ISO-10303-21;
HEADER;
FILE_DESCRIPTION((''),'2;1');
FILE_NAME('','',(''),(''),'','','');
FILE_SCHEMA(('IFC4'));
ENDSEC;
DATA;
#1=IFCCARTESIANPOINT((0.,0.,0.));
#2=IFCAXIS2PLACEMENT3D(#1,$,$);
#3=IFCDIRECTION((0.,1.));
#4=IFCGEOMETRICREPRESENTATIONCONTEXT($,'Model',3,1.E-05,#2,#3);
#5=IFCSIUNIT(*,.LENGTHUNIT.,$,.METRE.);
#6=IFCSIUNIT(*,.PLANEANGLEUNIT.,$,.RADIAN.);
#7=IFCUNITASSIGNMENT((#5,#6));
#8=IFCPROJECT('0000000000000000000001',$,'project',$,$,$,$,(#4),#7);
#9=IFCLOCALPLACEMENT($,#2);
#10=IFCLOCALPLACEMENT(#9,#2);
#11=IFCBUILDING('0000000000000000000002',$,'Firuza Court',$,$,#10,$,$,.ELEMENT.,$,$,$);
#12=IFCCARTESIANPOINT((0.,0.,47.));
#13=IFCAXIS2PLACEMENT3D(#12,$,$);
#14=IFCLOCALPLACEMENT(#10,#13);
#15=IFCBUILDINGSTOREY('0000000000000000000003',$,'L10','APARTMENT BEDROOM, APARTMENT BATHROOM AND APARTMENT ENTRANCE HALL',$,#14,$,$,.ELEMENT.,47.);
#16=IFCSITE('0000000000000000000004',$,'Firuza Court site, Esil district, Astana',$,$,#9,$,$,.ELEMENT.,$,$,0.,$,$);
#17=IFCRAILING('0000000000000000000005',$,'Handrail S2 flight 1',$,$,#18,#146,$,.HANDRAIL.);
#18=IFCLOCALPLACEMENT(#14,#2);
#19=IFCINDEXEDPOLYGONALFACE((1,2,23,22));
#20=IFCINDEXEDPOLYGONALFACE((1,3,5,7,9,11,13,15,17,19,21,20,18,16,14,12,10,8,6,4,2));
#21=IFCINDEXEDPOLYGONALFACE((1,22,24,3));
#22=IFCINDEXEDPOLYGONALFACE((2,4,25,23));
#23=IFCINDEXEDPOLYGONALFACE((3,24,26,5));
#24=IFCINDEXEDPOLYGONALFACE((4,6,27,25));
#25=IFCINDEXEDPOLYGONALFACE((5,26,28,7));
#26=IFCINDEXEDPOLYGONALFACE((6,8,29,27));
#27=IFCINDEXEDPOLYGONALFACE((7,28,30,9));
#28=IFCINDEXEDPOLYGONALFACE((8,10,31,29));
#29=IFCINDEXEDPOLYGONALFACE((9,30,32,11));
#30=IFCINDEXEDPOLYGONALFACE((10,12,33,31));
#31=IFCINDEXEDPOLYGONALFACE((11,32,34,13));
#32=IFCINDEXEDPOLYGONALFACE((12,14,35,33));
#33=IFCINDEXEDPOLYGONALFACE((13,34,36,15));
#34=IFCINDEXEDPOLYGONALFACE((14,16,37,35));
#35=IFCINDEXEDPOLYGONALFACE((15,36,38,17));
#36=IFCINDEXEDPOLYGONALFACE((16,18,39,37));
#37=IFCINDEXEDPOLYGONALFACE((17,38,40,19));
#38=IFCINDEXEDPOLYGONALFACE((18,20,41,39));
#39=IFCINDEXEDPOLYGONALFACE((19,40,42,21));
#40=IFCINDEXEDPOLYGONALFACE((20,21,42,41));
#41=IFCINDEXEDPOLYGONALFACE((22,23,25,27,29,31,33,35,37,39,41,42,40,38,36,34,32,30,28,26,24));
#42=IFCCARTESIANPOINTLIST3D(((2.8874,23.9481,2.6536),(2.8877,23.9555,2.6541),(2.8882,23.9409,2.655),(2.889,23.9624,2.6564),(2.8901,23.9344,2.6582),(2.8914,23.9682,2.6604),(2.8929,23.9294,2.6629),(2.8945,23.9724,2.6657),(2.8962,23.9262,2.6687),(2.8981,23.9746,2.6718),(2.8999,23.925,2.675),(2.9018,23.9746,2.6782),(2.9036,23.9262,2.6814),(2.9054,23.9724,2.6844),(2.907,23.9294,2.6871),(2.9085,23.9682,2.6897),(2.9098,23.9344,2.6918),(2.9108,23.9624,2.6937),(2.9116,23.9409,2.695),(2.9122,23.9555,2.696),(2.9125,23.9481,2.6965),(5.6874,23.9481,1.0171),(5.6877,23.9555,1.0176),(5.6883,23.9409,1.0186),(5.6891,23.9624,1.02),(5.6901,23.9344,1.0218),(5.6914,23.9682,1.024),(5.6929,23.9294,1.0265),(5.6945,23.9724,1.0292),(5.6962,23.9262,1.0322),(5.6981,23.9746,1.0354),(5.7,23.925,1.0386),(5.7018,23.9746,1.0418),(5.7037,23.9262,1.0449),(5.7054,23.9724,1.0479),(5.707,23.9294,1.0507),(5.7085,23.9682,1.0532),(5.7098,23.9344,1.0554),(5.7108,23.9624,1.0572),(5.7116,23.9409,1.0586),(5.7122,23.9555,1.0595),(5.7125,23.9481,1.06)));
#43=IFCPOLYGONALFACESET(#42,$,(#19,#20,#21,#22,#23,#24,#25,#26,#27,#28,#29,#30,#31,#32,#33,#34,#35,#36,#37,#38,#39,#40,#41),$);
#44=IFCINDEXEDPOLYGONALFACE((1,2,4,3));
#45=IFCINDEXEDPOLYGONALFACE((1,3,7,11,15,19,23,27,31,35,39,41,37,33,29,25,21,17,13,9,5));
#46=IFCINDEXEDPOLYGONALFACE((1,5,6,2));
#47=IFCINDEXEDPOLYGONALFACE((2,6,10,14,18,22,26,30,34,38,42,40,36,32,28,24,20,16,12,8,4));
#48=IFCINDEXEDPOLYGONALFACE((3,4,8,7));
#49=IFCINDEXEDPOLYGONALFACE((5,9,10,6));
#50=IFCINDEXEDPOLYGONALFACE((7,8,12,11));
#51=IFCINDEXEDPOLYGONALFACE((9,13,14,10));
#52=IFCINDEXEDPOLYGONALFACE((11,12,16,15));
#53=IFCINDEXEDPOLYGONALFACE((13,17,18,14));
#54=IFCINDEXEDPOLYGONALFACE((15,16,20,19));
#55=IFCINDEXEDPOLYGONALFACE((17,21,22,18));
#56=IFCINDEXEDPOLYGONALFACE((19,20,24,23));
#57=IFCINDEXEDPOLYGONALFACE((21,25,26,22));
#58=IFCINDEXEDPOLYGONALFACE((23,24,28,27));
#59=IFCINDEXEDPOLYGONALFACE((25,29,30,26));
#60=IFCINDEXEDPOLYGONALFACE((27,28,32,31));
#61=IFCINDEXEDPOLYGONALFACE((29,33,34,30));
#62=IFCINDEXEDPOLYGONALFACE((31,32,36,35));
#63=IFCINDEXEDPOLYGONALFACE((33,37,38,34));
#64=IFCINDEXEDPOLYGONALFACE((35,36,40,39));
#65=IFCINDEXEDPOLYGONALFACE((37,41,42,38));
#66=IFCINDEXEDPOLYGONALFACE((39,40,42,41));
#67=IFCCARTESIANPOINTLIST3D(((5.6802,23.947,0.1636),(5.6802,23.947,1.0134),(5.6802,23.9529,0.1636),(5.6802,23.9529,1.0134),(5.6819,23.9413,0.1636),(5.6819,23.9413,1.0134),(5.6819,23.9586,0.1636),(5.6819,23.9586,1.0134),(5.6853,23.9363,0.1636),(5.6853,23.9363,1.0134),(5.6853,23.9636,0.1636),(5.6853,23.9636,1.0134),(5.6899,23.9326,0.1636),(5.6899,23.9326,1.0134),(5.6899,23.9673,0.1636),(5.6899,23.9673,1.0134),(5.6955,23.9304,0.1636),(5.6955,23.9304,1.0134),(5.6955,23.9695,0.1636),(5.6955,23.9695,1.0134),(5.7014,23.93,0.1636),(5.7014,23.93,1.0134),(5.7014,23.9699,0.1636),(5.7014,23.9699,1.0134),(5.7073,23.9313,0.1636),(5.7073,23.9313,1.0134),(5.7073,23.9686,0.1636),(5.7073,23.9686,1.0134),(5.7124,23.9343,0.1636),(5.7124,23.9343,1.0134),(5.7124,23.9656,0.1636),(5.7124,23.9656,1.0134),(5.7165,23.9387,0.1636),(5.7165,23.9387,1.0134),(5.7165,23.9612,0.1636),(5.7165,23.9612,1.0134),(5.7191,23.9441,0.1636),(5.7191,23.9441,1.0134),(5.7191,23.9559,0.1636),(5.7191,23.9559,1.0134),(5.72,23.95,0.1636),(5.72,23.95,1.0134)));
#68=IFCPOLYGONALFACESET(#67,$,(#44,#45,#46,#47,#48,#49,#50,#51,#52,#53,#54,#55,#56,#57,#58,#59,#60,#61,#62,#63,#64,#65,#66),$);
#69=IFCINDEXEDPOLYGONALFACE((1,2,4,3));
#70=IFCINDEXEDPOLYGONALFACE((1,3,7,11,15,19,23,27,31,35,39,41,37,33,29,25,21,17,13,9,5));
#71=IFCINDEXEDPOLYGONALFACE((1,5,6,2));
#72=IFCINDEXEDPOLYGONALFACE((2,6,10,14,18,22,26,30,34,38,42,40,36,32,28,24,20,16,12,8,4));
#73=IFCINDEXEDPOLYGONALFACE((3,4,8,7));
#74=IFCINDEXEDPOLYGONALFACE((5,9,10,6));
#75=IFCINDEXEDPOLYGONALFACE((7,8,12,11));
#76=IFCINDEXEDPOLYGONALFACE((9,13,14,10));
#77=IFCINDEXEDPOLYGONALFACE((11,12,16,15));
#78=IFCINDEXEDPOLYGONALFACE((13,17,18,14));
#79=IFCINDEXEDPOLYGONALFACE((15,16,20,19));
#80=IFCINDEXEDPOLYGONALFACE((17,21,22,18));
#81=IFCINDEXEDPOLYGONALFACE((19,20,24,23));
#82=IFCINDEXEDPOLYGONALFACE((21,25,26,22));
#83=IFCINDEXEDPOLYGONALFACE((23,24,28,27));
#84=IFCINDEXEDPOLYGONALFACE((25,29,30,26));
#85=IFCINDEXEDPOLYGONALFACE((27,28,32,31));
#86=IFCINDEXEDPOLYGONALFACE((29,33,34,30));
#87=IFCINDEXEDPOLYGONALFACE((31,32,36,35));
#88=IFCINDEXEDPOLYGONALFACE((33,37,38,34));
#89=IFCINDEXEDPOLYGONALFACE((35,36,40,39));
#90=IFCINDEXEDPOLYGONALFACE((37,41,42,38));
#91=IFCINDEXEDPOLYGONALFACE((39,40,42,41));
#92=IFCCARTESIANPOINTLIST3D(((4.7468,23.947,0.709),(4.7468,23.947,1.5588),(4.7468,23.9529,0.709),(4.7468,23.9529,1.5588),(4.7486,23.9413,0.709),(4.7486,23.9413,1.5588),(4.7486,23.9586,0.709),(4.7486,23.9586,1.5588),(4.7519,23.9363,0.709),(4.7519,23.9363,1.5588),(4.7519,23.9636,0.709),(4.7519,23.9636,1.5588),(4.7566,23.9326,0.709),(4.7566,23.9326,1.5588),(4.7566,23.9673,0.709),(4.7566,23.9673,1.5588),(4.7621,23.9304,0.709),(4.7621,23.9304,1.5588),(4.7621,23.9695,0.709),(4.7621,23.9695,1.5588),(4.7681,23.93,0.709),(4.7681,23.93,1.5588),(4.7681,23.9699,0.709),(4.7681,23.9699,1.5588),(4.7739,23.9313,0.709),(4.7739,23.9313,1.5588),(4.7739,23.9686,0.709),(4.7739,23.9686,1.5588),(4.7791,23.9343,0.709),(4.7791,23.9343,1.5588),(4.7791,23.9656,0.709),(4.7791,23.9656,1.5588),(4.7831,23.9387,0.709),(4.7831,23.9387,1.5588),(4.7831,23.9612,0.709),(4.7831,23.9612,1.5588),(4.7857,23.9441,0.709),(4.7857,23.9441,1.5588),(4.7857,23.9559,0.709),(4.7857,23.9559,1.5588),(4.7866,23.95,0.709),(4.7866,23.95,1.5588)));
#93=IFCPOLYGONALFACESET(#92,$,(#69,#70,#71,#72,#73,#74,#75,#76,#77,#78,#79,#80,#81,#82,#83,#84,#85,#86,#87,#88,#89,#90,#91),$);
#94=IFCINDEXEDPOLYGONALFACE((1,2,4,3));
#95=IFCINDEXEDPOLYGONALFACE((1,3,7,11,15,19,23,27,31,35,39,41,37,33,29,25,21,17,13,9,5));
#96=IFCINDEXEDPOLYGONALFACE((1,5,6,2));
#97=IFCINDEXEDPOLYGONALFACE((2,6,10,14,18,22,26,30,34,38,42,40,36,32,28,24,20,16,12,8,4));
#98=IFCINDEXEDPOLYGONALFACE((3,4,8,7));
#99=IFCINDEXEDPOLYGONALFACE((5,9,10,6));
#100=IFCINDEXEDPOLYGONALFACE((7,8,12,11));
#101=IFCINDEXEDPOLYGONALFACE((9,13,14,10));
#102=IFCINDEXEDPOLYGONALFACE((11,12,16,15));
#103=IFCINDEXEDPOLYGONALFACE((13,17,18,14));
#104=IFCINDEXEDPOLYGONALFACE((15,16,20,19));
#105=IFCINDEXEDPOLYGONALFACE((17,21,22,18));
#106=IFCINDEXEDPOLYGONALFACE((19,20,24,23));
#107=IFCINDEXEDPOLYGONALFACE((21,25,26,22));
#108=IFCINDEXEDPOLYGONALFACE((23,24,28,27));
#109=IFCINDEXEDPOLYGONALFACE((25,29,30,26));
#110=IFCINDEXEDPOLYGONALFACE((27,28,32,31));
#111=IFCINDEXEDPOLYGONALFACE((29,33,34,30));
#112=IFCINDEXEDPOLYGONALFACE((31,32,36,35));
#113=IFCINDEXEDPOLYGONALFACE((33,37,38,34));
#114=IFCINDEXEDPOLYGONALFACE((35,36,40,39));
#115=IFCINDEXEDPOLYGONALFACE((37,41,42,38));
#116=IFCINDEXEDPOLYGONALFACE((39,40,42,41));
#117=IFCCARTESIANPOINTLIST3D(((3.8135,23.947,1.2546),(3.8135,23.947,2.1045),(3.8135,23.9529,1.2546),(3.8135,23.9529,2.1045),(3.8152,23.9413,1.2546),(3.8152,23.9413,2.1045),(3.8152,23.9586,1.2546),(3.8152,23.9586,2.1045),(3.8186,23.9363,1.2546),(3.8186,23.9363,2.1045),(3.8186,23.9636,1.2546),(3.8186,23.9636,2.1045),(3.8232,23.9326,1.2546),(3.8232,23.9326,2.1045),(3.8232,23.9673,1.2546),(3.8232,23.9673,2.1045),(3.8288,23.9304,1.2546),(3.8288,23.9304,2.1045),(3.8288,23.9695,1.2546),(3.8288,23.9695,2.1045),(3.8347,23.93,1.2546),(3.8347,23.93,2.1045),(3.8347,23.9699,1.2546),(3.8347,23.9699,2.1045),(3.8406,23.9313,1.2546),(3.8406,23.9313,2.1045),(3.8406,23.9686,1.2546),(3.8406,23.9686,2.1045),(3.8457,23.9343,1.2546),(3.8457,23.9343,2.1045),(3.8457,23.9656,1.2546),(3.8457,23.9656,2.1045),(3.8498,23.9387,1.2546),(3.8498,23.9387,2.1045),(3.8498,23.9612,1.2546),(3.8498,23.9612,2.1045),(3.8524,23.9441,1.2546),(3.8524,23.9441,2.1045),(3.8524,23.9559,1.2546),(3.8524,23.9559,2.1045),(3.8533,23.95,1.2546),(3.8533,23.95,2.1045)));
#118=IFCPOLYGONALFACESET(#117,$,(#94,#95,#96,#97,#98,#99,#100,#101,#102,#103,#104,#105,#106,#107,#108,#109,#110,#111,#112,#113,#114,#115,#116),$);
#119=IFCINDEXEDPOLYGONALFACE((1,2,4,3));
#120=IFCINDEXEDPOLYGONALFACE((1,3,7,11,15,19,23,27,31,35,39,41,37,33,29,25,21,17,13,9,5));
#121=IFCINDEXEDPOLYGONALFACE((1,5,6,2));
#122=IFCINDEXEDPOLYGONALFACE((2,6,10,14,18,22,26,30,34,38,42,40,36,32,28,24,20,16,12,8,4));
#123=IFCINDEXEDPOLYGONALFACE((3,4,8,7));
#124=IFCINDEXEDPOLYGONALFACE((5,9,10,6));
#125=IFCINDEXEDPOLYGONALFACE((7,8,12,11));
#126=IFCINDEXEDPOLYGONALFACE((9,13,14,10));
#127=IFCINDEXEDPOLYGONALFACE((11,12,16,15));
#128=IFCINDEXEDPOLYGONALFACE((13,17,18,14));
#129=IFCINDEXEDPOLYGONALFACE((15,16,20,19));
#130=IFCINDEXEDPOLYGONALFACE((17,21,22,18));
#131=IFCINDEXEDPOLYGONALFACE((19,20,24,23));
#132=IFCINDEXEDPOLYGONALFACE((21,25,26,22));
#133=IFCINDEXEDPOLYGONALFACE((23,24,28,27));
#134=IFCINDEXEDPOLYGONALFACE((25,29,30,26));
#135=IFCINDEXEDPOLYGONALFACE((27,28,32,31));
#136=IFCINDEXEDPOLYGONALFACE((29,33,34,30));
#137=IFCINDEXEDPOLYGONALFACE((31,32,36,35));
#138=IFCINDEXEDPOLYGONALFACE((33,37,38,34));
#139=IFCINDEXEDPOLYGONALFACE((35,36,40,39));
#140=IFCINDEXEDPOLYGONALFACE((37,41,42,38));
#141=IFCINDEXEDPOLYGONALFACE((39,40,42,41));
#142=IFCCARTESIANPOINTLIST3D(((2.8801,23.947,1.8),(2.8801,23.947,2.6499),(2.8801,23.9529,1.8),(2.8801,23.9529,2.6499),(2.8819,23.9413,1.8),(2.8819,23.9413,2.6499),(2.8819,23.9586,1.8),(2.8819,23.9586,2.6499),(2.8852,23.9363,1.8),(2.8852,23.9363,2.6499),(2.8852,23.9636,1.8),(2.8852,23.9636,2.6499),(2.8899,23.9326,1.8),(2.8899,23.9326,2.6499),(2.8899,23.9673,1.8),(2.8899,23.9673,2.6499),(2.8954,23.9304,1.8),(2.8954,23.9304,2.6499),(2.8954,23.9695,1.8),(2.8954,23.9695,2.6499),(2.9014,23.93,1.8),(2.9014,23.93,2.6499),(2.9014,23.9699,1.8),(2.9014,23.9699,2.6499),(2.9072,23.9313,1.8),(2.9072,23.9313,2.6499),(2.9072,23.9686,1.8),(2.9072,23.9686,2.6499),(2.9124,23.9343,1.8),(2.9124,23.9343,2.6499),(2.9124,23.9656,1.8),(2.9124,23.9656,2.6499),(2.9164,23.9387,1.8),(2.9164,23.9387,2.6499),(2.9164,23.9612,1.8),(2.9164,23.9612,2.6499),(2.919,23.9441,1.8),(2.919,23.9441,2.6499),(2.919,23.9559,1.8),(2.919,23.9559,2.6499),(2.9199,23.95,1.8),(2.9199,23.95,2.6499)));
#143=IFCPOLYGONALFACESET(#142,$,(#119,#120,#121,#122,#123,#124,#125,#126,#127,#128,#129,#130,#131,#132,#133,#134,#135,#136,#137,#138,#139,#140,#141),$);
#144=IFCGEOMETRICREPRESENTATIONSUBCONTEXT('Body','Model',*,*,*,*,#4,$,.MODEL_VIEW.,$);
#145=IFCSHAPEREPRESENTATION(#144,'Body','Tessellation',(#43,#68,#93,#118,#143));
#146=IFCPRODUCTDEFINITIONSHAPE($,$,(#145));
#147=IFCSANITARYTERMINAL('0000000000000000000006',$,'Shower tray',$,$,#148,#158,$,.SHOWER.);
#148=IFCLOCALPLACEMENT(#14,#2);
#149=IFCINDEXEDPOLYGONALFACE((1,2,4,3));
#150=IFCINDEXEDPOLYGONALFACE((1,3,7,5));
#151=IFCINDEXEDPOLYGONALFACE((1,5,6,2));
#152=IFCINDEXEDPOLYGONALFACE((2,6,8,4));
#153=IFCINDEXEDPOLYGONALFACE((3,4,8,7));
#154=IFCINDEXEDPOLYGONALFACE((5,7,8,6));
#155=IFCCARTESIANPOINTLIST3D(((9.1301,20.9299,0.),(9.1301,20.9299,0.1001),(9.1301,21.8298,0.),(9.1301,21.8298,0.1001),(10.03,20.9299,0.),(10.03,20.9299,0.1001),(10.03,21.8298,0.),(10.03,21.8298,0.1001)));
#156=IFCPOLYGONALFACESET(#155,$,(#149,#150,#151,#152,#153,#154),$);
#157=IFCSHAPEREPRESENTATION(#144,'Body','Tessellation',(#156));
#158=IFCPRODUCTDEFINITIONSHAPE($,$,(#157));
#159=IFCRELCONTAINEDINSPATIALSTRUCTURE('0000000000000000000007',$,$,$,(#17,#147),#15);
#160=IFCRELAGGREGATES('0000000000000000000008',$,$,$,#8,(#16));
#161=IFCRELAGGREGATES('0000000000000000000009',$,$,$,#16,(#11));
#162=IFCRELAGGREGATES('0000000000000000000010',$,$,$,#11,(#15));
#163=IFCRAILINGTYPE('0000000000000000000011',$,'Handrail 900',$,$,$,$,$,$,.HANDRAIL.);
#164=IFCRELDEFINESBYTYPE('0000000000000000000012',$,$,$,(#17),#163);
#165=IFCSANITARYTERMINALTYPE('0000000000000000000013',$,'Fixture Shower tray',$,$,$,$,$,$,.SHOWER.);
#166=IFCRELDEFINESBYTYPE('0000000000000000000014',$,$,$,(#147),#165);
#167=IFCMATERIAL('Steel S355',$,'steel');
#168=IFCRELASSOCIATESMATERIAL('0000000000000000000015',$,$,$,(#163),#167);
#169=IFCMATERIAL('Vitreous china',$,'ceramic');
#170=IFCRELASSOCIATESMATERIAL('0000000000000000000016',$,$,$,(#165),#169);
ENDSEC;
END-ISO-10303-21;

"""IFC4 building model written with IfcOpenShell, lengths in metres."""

from ifc_helpers import new_model, si_unit, direction, frame, origin, origin_2d, place, context, subcontext, project, spatial, rectangle, circle, extrude, material, type_object, element, save


model = new_model("IFC4")

# Units and contexts
model_context = context("Model", 3, precision=1e-05, world=origin(), true_north=direction((0.0, 1.0)))
body_context = subcontext(model_context, "Body", "Model", "MODEL_VIEW")
ifc_project = project(units=[si_unit("LENGTHUNIT", "METRE"), si_unit("PLANEANGLEUNIT", "RADIAN")], contexts=[model_context])

# Site, building, storey
site_placement = place(None, origin())
site = spatial("IfcSite", under=ifc_project, at=site_placement, Name="Firuza Court site, Esil district, Astana", CompositionType="ELEMENT", RefElevation=0.0)
building_placement = place(site_placement, origin())
building = spatial("IfcBuilding", under=site, at=building_placement, Name="Firuza Court", CompositionType="ELEMENT")
storey_placement = place(building_placement, frame((0.0, 0.0, 47.0)))
storey = spatial("IfcBuildingStorey", under=building, at=storey_placement, Name="L10", Description="APARTMENT BEDROOM, APARTMENT BATHROOM AND APARTMENT ENTRANCE HALL", CompositionType="ELEMENT", Elevation=47.0)

# Railing
ifc_material_1 = material(Name="Steel S355", Category="steel")
railing_type_1 = type_object("IfcRailingType", Name="Handrail 900", PredefinedType="HANDRAIL", material=ifc_material_1)
railing_1_placement = place(storey_placement, frame((5.7, 23.95, 0.1636)))
element("IfcRailing", 1, at=railing_1_placement, inside=storey, type_object=railing_type_1, Name="Handrail S2 flight 1", PredefinedType="HANDRAIL", context=body_context, shape_type="SweptSolid", body=[
    extrude(circle(Radius=0.0249, at=origin_2d()), frame((0.0, 0.0, 0.875), z_axis=(-0.863361, 0.0, 0.504587), x_axis=(0.0, -1.0, 0.0)), (0.0, 0.0, 1.0), 3.2432),
    extrude(circle(Radius=0.02, at=origin_2d()), origin(), (0.0, 0.0, 1.0), 0.8499),
    extrude(circle(Radius=0.02, at=origin_2d()), frame((-0.9333, 0.0, 0.5454)), (0.0, 0.0, 1.0), 0.8499),
    extrude(circle(Radius=0.02, at=origin_2d()), frame((-1.8667, 0.0, 1.0911)), (0.0, 0.0, 1.0), 0.8499),
    extrude(circle(Radius=0.02, at=origin_2d()), frame((-2.8, 0.0, 1.6365)), (0.0, 0.0, 1.0), 0.8499),
])

# Sanitary terminal
ifc_material_2 = material(Name="Vitreous china", Category="ceramic")
sanitary_terminal_type = type_object("IfcSanitaryTerminalType", Name="Fixture Shower tray", PredefinedType="SHOWER", material=ifc_material_2)
sanitary_terminal_placement = place(storey_placement, frame((9.5801, 21.3799, 0.0), z_axis=(0.0, 0.0, 1.0), x_axis=(1.0, 0.0, 0.0)))
element("IfcSanitaryTerminal", 2, at=sanitary_terminal_placement, inside=storey, type_object=sanitary_terminal_type, Name="Shower tray", PredefinedType="SHOWER", context=body_context, shape_type="SweptSolid", body=[
    extrude(rectangle(XDim=0.8999, YDim=0.8999, at=origin_2d()), origin(), (0.0, 0.0, 1.0), 0.1001),
])

save(model, "model.ifc")
